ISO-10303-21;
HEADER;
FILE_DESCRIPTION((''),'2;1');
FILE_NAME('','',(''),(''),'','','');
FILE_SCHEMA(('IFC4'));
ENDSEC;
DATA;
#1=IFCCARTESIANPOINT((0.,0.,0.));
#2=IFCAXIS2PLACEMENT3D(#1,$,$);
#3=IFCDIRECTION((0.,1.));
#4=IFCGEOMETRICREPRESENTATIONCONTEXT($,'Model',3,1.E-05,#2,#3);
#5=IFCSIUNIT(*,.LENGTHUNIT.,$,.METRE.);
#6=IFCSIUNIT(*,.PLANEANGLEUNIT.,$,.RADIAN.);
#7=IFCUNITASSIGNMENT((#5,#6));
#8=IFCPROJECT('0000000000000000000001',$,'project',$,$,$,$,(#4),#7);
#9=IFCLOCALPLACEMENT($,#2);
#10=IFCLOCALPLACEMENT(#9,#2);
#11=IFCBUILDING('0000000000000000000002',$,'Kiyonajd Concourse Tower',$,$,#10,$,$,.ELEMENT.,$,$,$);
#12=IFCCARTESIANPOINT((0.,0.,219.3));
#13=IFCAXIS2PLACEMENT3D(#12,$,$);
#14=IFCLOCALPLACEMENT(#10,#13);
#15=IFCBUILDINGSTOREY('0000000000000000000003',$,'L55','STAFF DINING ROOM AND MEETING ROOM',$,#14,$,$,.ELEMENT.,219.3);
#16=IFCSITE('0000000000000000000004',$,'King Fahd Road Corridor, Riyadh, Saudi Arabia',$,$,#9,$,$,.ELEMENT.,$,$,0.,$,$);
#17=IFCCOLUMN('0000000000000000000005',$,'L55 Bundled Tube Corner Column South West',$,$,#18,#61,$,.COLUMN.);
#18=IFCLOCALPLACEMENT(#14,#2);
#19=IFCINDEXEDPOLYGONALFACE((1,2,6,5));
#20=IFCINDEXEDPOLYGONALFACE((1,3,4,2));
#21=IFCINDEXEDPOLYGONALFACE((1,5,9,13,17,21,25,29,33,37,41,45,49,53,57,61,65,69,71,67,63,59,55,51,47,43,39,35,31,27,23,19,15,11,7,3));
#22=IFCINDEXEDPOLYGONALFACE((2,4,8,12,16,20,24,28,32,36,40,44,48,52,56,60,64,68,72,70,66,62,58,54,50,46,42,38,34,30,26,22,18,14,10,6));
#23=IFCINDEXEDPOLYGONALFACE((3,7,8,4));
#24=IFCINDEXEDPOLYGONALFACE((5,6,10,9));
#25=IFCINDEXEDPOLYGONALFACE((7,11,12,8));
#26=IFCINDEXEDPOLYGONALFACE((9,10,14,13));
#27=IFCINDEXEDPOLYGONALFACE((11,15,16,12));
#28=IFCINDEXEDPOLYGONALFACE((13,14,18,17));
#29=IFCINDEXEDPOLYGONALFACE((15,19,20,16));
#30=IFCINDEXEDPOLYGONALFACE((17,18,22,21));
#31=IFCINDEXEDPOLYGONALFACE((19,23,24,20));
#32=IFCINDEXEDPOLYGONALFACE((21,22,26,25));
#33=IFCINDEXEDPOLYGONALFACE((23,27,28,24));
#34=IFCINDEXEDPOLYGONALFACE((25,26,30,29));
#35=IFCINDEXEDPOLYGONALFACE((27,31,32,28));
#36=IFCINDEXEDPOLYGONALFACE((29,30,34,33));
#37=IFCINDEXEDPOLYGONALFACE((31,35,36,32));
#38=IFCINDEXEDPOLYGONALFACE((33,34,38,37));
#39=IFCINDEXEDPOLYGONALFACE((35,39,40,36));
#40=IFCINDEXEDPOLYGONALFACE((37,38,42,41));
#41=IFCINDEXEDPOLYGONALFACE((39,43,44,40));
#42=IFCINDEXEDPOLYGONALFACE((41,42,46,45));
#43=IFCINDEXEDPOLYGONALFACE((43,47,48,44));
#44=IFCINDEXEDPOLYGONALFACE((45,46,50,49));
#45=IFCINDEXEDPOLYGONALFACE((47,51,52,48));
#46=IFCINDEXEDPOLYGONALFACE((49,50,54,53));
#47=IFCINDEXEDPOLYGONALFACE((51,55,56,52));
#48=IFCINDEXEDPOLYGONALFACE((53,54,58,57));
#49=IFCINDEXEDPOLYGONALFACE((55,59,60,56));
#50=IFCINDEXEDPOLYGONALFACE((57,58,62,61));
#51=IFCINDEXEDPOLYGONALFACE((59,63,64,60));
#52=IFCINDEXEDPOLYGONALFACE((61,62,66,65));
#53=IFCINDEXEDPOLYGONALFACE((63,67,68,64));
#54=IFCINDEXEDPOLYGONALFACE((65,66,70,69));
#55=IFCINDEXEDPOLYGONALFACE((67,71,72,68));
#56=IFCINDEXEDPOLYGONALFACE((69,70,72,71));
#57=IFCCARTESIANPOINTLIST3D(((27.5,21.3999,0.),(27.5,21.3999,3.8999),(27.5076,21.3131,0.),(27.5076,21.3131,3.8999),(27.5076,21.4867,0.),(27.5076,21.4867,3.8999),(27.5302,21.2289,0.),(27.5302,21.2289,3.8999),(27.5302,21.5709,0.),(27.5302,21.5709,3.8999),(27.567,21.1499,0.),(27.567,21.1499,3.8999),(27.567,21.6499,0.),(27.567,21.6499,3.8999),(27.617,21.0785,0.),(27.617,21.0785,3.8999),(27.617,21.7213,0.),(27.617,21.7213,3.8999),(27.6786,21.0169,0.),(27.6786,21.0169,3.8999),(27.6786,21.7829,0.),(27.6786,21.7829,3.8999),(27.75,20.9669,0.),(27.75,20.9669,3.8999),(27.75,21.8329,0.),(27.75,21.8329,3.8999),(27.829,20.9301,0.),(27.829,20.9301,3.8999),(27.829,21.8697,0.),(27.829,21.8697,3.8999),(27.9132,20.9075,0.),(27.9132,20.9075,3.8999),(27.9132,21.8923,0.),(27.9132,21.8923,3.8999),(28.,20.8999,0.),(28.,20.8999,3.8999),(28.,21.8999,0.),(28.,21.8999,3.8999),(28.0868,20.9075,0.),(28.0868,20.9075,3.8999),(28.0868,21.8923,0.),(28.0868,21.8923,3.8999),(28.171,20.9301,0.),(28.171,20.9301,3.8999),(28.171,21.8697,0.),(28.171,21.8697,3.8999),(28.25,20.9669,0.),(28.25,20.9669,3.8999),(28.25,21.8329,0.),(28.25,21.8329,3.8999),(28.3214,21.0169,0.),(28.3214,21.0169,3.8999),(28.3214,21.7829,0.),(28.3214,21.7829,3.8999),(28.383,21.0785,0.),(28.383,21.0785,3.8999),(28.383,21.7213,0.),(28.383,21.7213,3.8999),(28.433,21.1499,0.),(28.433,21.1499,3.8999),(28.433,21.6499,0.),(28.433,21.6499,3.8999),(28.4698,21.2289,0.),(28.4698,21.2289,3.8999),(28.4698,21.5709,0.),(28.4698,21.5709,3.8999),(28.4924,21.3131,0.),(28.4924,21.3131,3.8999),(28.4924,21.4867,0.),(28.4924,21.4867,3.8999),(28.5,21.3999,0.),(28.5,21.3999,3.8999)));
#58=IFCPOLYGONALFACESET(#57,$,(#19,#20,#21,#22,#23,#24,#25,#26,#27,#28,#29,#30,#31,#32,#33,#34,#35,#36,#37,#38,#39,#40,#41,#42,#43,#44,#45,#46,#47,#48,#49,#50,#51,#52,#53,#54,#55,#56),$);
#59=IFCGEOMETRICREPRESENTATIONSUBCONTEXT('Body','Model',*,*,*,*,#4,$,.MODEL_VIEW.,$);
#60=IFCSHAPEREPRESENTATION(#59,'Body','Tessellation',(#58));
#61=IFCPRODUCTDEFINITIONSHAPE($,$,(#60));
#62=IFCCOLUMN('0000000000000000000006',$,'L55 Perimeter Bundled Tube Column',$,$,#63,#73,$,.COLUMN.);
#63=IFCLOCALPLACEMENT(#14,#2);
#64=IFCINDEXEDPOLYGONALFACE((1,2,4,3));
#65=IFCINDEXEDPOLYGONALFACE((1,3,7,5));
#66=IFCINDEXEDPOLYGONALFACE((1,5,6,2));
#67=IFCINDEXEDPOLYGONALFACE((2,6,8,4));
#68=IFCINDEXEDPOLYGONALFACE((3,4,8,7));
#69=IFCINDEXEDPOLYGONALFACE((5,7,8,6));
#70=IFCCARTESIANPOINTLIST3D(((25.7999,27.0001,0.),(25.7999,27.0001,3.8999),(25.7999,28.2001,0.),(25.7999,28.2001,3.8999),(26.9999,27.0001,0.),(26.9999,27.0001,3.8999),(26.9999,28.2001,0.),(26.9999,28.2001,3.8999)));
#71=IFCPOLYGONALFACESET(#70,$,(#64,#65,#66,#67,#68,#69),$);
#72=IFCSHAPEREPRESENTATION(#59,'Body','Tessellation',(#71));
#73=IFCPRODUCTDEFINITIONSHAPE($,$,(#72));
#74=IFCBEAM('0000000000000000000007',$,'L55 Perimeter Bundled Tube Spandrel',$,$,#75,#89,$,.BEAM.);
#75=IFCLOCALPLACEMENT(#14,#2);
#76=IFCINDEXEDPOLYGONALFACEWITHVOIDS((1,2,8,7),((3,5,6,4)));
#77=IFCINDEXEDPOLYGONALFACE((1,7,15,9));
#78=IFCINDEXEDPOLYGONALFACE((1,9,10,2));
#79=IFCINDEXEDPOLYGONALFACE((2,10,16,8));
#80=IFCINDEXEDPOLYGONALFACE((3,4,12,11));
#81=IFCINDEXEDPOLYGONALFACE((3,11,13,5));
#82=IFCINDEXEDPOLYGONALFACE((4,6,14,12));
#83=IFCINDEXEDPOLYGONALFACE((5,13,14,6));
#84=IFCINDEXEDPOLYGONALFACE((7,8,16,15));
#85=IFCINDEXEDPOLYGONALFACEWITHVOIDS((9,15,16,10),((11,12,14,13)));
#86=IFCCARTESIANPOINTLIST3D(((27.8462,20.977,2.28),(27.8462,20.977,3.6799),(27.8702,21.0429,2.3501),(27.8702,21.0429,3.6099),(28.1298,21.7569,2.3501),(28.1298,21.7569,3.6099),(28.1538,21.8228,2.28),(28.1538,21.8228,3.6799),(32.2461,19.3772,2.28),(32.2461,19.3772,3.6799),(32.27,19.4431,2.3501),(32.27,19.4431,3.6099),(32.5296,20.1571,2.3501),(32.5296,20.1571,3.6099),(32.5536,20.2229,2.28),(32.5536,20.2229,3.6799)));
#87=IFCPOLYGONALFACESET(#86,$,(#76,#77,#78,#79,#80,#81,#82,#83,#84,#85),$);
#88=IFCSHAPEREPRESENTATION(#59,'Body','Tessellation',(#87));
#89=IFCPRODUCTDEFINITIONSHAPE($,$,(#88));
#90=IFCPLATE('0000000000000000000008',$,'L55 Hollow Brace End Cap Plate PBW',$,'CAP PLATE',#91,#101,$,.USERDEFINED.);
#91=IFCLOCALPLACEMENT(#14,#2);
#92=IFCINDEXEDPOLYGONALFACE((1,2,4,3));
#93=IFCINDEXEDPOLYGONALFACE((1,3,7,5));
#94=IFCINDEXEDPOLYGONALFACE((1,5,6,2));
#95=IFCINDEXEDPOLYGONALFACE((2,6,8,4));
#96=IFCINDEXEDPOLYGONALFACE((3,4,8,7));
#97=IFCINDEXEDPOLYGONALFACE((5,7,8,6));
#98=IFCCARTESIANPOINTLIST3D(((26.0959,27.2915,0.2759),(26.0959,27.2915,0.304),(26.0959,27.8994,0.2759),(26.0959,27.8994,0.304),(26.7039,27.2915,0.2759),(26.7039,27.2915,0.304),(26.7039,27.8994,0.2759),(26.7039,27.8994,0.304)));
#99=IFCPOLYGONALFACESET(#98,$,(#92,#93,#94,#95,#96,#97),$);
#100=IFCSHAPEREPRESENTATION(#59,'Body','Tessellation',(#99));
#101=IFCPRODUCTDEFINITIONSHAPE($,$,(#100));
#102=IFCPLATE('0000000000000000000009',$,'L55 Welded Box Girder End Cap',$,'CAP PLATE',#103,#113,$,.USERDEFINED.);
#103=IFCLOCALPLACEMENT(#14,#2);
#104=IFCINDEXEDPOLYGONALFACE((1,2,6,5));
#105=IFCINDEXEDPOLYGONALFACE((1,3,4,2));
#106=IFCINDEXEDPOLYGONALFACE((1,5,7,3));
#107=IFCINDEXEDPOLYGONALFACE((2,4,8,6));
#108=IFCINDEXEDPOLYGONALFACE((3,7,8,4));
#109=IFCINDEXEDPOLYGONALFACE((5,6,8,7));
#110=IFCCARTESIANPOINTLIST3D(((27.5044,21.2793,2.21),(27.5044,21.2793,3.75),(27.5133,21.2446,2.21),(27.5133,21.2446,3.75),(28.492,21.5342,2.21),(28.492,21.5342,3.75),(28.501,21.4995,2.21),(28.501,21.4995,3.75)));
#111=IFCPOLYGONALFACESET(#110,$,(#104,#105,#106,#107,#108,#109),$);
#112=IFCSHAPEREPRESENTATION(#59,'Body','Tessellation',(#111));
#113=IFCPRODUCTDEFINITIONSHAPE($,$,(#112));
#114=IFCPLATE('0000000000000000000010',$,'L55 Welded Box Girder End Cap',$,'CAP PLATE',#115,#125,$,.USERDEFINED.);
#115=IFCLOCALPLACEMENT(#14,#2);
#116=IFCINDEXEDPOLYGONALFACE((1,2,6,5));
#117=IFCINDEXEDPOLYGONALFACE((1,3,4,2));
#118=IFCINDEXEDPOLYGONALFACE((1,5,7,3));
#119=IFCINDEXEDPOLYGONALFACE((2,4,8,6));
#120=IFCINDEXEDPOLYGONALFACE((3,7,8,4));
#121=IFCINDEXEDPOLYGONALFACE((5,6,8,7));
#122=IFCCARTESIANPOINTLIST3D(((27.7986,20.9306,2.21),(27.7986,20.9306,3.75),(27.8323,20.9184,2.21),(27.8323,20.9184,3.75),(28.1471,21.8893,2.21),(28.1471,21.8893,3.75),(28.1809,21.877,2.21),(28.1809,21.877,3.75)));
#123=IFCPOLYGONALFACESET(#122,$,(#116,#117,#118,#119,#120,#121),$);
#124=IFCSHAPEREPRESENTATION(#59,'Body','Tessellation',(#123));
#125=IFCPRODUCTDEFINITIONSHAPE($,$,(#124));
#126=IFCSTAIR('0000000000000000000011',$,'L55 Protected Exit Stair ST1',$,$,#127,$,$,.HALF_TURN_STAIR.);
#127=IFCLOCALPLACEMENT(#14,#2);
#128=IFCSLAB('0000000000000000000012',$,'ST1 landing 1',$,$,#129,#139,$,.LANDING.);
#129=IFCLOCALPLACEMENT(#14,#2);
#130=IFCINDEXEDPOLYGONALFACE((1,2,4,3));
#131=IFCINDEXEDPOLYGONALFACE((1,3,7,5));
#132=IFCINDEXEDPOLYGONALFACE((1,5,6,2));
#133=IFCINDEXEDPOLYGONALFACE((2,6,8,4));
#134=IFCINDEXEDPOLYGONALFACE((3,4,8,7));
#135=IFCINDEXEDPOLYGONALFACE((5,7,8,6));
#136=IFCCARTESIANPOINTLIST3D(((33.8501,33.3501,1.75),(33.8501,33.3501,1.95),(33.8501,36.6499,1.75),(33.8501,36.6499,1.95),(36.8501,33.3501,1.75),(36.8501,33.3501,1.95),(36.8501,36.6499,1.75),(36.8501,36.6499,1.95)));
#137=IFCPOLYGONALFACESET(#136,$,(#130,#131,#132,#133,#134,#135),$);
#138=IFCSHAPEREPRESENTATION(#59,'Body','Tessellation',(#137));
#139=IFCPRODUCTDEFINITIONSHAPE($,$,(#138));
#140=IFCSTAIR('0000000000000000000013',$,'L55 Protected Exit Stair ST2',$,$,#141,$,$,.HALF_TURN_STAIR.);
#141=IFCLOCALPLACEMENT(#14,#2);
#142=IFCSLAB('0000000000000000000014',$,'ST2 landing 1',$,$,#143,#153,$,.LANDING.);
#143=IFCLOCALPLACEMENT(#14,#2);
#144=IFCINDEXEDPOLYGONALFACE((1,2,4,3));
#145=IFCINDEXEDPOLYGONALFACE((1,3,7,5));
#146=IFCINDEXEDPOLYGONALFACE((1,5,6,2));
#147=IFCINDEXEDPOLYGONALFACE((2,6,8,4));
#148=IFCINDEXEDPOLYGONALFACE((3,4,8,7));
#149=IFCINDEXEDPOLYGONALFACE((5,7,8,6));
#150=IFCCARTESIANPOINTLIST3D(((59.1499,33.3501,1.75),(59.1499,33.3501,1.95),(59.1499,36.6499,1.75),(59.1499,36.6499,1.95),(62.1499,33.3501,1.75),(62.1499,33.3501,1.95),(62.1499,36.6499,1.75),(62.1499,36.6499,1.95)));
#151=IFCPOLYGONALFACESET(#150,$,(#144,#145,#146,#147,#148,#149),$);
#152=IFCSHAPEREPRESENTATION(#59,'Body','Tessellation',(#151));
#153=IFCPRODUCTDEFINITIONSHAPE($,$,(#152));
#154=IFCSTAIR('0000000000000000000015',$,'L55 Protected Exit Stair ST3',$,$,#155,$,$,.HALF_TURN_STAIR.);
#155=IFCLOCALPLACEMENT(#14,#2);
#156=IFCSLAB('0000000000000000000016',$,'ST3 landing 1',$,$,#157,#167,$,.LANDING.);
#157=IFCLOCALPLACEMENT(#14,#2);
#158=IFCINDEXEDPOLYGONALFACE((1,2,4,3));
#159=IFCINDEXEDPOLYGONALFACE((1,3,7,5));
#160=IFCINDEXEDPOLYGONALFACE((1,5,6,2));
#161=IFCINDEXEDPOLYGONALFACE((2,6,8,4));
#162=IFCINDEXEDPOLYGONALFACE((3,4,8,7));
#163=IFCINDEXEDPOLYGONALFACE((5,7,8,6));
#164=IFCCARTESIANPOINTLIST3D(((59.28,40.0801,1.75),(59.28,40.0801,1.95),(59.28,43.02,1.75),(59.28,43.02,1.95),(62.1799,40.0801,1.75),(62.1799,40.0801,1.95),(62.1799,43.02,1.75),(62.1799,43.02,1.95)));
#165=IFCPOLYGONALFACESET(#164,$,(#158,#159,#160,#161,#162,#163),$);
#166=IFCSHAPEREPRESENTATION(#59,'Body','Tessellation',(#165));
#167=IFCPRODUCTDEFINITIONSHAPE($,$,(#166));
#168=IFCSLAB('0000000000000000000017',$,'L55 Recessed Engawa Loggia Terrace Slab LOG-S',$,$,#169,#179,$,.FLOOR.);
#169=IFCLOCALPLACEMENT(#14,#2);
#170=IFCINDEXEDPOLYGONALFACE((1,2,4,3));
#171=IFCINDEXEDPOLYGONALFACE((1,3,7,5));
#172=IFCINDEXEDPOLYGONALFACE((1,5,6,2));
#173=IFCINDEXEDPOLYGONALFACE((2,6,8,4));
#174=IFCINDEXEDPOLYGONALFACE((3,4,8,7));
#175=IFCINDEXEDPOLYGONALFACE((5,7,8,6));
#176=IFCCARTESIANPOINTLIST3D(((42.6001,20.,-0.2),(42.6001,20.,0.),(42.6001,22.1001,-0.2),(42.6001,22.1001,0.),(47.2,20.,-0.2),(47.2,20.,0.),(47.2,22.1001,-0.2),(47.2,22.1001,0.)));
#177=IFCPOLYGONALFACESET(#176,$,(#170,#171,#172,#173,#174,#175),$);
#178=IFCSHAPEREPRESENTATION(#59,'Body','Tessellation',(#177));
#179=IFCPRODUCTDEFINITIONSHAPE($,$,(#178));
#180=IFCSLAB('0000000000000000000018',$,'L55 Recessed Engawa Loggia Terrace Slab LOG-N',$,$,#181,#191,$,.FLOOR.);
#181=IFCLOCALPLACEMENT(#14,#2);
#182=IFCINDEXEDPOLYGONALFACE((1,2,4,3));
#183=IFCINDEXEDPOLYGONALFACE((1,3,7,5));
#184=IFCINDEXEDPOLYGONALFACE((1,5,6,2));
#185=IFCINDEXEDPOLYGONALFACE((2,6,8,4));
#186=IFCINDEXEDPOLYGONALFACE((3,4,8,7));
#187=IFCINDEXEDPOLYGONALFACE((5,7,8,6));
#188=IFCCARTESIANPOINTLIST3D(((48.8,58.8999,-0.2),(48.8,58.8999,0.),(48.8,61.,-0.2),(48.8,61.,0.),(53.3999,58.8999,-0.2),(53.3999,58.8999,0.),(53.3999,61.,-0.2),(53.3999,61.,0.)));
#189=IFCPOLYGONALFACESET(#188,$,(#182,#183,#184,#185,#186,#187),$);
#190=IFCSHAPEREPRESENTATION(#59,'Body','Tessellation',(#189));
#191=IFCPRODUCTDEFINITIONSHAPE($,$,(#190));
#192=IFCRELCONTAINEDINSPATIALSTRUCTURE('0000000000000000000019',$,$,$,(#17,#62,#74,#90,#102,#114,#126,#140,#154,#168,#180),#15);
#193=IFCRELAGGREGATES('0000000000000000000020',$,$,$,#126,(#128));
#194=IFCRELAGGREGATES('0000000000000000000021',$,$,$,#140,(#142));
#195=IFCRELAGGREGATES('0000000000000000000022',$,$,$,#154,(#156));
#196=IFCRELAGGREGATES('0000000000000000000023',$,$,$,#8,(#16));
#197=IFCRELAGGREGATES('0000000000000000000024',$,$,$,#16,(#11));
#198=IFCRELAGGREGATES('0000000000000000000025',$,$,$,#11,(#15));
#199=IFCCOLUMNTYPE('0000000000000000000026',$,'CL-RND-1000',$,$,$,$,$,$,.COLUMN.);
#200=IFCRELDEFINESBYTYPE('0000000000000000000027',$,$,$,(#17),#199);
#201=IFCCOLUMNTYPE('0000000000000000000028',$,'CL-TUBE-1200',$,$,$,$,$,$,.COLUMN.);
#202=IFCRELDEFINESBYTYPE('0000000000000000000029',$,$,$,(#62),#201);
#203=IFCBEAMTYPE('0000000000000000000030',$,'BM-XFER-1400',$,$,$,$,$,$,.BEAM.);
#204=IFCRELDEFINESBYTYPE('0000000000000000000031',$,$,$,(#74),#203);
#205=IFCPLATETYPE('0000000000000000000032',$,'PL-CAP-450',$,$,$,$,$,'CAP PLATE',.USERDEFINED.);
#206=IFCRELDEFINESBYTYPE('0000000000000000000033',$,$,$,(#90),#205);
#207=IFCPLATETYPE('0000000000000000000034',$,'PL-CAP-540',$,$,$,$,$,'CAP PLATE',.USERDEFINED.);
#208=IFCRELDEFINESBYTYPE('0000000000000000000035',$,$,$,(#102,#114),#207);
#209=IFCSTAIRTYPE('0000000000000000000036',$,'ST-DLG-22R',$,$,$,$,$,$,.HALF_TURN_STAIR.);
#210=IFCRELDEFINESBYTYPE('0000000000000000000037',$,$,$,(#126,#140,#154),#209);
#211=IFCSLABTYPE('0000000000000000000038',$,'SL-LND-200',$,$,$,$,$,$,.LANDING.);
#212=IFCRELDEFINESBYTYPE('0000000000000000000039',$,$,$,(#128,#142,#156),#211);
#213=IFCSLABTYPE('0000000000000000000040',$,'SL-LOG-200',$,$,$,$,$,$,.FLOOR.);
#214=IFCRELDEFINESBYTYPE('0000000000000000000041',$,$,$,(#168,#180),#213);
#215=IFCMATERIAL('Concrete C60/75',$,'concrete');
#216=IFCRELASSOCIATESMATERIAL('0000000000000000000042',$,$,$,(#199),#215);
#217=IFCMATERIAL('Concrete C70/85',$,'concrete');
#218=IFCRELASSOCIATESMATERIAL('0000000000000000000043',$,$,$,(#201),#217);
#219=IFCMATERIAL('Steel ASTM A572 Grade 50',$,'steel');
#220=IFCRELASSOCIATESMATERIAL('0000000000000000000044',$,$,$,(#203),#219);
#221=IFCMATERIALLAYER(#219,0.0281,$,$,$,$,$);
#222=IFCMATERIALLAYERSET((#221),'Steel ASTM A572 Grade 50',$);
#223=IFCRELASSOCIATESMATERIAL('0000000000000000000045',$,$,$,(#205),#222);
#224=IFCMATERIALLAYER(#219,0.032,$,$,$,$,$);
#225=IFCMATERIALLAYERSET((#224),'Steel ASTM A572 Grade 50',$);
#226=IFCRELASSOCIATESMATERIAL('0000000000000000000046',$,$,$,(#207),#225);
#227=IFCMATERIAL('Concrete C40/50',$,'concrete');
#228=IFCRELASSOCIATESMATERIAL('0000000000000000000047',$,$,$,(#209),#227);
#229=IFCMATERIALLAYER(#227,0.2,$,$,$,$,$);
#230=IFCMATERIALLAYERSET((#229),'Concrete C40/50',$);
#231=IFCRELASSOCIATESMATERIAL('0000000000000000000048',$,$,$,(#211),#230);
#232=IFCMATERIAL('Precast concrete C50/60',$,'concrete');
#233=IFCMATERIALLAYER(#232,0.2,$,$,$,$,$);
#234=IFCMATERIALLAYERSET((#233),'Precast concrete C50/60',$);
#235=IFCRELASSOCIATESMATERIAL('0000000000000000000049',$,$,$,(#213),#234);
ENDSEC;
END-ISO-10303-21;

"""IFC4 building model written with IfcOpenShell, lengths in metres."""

from ifc_helpers import new_model, si_unit, direction, frame, origin, origin_2d, place, context, subcontext, project, spatial, polyline, rectangle, hollow_rectangle, circle, outline, extrude, material, layer, layer_set, material_profile, profile_set, type_object, element, aggregate, save


model = new_model("IFC4")

# Units and contexts
model_context = context("Model", 3, precision=1e-05, world=origin(), true_north=direction((0.0, 1.0)))
body_context = subcontext(model_context, "Body", "Model", "MODEL_VIEW")
ifc_project = project(units=[si_unit("LENGTHUNIT", "METRE"), si_unit("PLANEANGLEUNIT", "RADIAN")], contexts=[model_context])

# Site, building, storey
site_placement = place(None, origin())
site = spatial("IfcSite", under=ifc_project, at=site_placement, Name="King Fahd Road Corridor, Riyadh, Saudi Arabia", CompositionType="ELEMENT", RefElevation=0.0)
building_placement = place(site_placement, origin())
building = spatial("IfcBuilding", under=site, at=building_placement, Name="Kiyonajd Concourse Tower", CompositionType="ELEMENT")
storey_placement = place(building_placement, frame((0.0, 0.0, 219.3)))
storey = spatial("IfcBuildingStorey", under=building, at=storey_placement, Name="L55", Description="STAFF DINING ROOM AND MEETING ROOM", CompositionType="ELEMENT", Elevation=219.3)

# Columns
ifc_material_1 = material(Name="Concrete C60/75", Category="concrete")
ifc_material_profile_1 = material_profile(ifc_material_1, circle(Radius=0.5, at=origin_2d()), Name="RCC-D1000")
ifc_profile_set_1 = profile_set([ifc_material_profile_1], Name="Concrete C60/75")
column_type_1 = type_object("IfcColumnType", Name="CL-RND-1000", PredefinedType="COLUMN", material=ifc_profile_set_1)
column_1_placement = place(storey_placement, frame((28.0, 21.3999, 0.0), z_axis=(0.0, 0.0, 1.0), x_axis=(1.0, 0.0, 0.0)))
element("IfcColumn", 1, at=column_1_placement, inside=storey, type_object=column_type_1, Name="L55 Bundled Tube Corner Column South West", PredefinedType="COLUMN", context=body_context, shape_type="SweptSolid", body=[
    extrude(circle(Radius=0.5, at=origin_2d()), origin(), (0.0, 0.0, 1.0), 3.8999),
])
ifc_material_2 = material(Name="Concrete C70/85", Category="concrete")
ifc_material_profile_2 = material_profile(ifc_material_2, rectangle(XDim=1.2, YDim=1.2, at=origin_2d()), Name="RC-1200x1200")
ifc_profile_set_2 = profile_set([ifc_material_profile_2], Name="Concrete C70/85")
column_type_2 = type_object("IfcColumnType", Name="CL-TUBE-1200", PredefinedType="COLUMN", material=ifc_profile_set_2)
column_2_placement = place(storey_placement, frame((26.3999, 27.6001, 0.0), z_axis=(0.0, 0.0, 1.0), x_axis=(1.0, 0.0, 0.0)))
element("IfcColumn", 2, at=column_2_placement, inside=storey, type_object=column_type_2, Name="L55 Perimeter Bundled Tube Column", PredefinedType="COLUMN", context=body_context, shape_type="SweptSolid", body=[
    extrude(rectangle(XDim=1.2, YDim=1.2, at=origin_2d()), origin(), (0.0, 0.0, 1.0), 3.8999),
])

# Beam
ifc_material_3 = material(Name="Steel ASTM A572 Grade 50", Category="steel")
ifc_material_profile_3 = material_profile(ifc_material_3, hollow_rectangle(XDim=0.8999, YDim=1.3999, WallThickness=0.0701, at=origin_2d()), Name="BOX-1400x900x70")
ifc_profile_set_3 = profile_set([ifc_material_profile_3], Name="Steel ASTM A572 Grade 50")
beam_type = type_object("IfcBeamType", Name="BM-XFER-1400", PredefinedType="BEAM", material=ifc_profile_set_3)
beam_placement = place(storey_placement, frame((28.0, 21.3999, 2.98), z_axis=(0.939801, -0.341722, 0.0), x_axis=(0.341722, 0.939801, 0.0)))
element("IfcBeam", 3, at=beam_placement, inside=storey, type_object=beam_type, Name="L55 Perimeter Bundled Tube Spandrel", PredefinedType="BEAM", context=body_context, shape_type="SweptSolid", body=[
    extrude(hollow_rectangle(XDim=0.8999, YDim=1.3999, WallThickness=0.0701, at=origin_2d()), origin(), (0.0, 0.0, 1.0), 4.6816),
])

# Plates
ifc_layer_1 = layer(ifc_material_3, 0.0281)
ifc_layer_set_1 = layer_set([ifc_layer_1], Name="Steel ASTM A572 Grade 50")
plate_type_1 = type_object("IfcPlateType", Name="PL-CAP-450", ElementType="CAP PLATE", PredefinedType="USERDEFINED", material=ifc_layer_set_1)
plate_placement = place(storey_placement, frame((26.3999, 27.5955, 0.2759), z_axis=(0.0, 0.0, 1.0), x_axis=(1.0, 0.0, 0.0)))
element("IfcPlate", 4, at=plate_placement, inside=storey, type_object=plate_type_1, Name="L55 Hollow Brace End Cap Plate PBW", ObjectType="CAP PLATE", PredefinedType="USERDEFINED", context=body_context, shape_type="SweptSolid", body=[
    extrude(rectangle(XDim=0.6079, YDim=0.6079, at=origin_2d()), origin(), (0.0, 0.0, 1.0), 0.0281),
])
ifc_layer_2 = layer(ifc_material_3, 0.032)
ifc_layer_set_2 = layer_set([ifc_layer_2], Name="Steel ASTM A572 Grade 50")
plate_type_2 = type_object("IfcPlateType", Name="PL-CAP-540", ElementType="CAP PLATE", PredefinedType="USERDEFINED", material=ifc_layer_set_2)
for number, where, z_axis, x_axis, name in (
    (5, (28.0027, 21.3894, 2.21), (0.0, 0.0, 1.0), (0.249873, -0.968279, 0.0), "L55 Welded Box Girder End Cap"),
    (6, (27.9897, 21.4038, 2.21), (0.0, 0.0, 1.0), (-0.939812, 0.341692, 0.0), "L55 Welded Box Girder End Cap"),
):
    element("IfcPlate", number, at=place(storey_placement, frame(where, z_axis=z_axis, x_axis=x_axis)), inside=storey, type_object=plate_type_2, Name=name, ObjectType="CAP PLATE", PredefinedType="USERDEFINED", context=body_context, shape_type="SweptSolid", body=[
        extrude(rectangle(XDim=0.0359, YDim=1.02, at=origin_2d()), origin(), (0.0, 0.0, 1.0), 1.54),
    ])

# Stairs, slabs
ifc_material_4 = material(Name="Concrete C40/50", Category="concrete")
stair_type = type_object("IfcStairType", Name="ST-DLG-22R", PredefinedType="HALF_TURN_STAIR", material=ifc_material_4)
stair_1_placement = place(storey_placement, origin())
stair_1 = element("IfcStair", 7, at=stair_1_placement, inside=storey, type_object=stair_type, Name="L55 Protected Exit Stair ST1", PredefinedType="HALF_TURN_STAIR")
ifc_layer_3 = layer(ifc_material_4, 0.2)
ifc_layer_set_3 = layer_set([ifc_layer_3], Name="Concrete C40/50")
slab_type_1 = type_object("IfcSlabType", Name="SL-LND-200", PredefinedType="LANDING", material=ifc_layer_set_3)
slab_1_placement = place(storey_placement, frame((0.0, 0.0, 1.75)))
slab_1 = element("IfcSlab", 8, at=slab_1_placement, type_object=slab_type_1, Name="ST1 landing 1", PredefinedType="LANDING", context=body_context, shape_type="SweptSolid", body=[
    extrude(outline(polyline([(36.8501, 33.3501), (36.8501, 36.6499), (33.8501, 36.6499), (33.8501, 33.3501), (36.8501, 33.3501)])), origin(), (0.0, 0.0, 1.0), 0.2),
])
aggregate(stair_1, [slab_1])
stair_2_placement = place(storey_placement, origin())
stair_2 = element("IfcStair", 9, at=stair_2_placement, inside=storey, type_object=stair_type, Name="L55 Protected Exit Stair ST2", PredefinedType="HALF_TURN_STAIR")
slab_2_placement = place(storey_placement, frame((0.0, 0.0, 1.75)))
slab_2 = element("IfcSlab", 10, at=slab_2_placement, type_object=slab_type_1, Name="ST2 landing 1", PredefinedType="LANDING", context=body_context, shape_type="SweptSolid", body=[
    extrude(outline(polyline([(62.1499, 33.3501), (62.1499, 36.6499), (59.1499, 36.6499), (59.1499, 33.3501), (62.1499, 33.3501)])), origin(), (0.0, 0.0, 1.0), 0.2),
])
aggregate(stair_2, [slab_2])
stair_3_placement = place(storey_placement, origin())
stair_3 = element("IfcStair", 11, at=stair_3_placement, inside=storey, type_object=stair_type, Name="L55 Protected Exit Stair ST3", PredefinedType="HALF_TURN_STAIR")
slab_3_placement = place(storey_placement, frame((0.0, 0.0, 1.75)))
slab_3 = element("IfcSlab", 12, at=slab_3_placement, type_object=slab_type_1, Name="ST3 landing 1", PredefinedType="LANDING", context=body_context, shape_type="SweptSolid", body=[
    extrude(outline(polyline([(59.28, 40.0801), (62.1799, 40.0801), (62.1799, 43.02), (59.28, 43.02), (59.28, 40.0801)])), origin(), (0.0, 0.0, 1.0), 0.2),
])
aggregate(stair_3, [slab_3])

# Slabs
ifc_material_5 = material(Name="Precast concrete C50/60", Category="concrete")
ifc_layer_4 = layer(ifc_material_5, 0.2)
ifc_layer_set_4 = layer_set([ifc_layer_4], Name="Precast concrete C50/60")
slab_type_2 = type_object("IfcSlabType", Name="SL-LOG-200", PredefinedType="FLOOR", material=ifc_layer_set_4)
slab_4_placement = place(storey_placement, frame((0.0, 0.0, -0.2)))
element("IfcSlab", 13, at=slab_4_placement, inside=storey, type_object=slab_type_2, Name="L55 Recessed Engawa Loggia Terrace Slab LOG-S", PredefinedType="FLOOR", context=body_context, shape_type="SweptSolid", body=[
    extrude(outline(polyline([(42.6001, 20.0), (47.2, 20.0), (47.2, 22.1001), (42.6001, 22.1001), (42.6001, 20.0)])), origin(), (0.0, 0.0, 1.0), 0.2),
])
slab_5_placement = place(storey_placement, frame((0.0, 0.0, -0.2)))
element("IfcSlab", 14, at=slab_5_placement, inside=storey, type_object=slab_type_2, Name="L55 Recessed Engawa Loggia Terrace Slab LOG-N", PredefinedType="FLOOR", context=body_context, shape_type="SweptSolid", body=[
    extrude(outline(polyline([(48.8, 58.8999), (53.3999, 58.8999), (53.3999, 61.0), (48.8, 61.0), (48.8, 58.8999)])), origin(), (0.0, 0.0, 1.0), 0.2),
])

save(model, "model.ifc")
